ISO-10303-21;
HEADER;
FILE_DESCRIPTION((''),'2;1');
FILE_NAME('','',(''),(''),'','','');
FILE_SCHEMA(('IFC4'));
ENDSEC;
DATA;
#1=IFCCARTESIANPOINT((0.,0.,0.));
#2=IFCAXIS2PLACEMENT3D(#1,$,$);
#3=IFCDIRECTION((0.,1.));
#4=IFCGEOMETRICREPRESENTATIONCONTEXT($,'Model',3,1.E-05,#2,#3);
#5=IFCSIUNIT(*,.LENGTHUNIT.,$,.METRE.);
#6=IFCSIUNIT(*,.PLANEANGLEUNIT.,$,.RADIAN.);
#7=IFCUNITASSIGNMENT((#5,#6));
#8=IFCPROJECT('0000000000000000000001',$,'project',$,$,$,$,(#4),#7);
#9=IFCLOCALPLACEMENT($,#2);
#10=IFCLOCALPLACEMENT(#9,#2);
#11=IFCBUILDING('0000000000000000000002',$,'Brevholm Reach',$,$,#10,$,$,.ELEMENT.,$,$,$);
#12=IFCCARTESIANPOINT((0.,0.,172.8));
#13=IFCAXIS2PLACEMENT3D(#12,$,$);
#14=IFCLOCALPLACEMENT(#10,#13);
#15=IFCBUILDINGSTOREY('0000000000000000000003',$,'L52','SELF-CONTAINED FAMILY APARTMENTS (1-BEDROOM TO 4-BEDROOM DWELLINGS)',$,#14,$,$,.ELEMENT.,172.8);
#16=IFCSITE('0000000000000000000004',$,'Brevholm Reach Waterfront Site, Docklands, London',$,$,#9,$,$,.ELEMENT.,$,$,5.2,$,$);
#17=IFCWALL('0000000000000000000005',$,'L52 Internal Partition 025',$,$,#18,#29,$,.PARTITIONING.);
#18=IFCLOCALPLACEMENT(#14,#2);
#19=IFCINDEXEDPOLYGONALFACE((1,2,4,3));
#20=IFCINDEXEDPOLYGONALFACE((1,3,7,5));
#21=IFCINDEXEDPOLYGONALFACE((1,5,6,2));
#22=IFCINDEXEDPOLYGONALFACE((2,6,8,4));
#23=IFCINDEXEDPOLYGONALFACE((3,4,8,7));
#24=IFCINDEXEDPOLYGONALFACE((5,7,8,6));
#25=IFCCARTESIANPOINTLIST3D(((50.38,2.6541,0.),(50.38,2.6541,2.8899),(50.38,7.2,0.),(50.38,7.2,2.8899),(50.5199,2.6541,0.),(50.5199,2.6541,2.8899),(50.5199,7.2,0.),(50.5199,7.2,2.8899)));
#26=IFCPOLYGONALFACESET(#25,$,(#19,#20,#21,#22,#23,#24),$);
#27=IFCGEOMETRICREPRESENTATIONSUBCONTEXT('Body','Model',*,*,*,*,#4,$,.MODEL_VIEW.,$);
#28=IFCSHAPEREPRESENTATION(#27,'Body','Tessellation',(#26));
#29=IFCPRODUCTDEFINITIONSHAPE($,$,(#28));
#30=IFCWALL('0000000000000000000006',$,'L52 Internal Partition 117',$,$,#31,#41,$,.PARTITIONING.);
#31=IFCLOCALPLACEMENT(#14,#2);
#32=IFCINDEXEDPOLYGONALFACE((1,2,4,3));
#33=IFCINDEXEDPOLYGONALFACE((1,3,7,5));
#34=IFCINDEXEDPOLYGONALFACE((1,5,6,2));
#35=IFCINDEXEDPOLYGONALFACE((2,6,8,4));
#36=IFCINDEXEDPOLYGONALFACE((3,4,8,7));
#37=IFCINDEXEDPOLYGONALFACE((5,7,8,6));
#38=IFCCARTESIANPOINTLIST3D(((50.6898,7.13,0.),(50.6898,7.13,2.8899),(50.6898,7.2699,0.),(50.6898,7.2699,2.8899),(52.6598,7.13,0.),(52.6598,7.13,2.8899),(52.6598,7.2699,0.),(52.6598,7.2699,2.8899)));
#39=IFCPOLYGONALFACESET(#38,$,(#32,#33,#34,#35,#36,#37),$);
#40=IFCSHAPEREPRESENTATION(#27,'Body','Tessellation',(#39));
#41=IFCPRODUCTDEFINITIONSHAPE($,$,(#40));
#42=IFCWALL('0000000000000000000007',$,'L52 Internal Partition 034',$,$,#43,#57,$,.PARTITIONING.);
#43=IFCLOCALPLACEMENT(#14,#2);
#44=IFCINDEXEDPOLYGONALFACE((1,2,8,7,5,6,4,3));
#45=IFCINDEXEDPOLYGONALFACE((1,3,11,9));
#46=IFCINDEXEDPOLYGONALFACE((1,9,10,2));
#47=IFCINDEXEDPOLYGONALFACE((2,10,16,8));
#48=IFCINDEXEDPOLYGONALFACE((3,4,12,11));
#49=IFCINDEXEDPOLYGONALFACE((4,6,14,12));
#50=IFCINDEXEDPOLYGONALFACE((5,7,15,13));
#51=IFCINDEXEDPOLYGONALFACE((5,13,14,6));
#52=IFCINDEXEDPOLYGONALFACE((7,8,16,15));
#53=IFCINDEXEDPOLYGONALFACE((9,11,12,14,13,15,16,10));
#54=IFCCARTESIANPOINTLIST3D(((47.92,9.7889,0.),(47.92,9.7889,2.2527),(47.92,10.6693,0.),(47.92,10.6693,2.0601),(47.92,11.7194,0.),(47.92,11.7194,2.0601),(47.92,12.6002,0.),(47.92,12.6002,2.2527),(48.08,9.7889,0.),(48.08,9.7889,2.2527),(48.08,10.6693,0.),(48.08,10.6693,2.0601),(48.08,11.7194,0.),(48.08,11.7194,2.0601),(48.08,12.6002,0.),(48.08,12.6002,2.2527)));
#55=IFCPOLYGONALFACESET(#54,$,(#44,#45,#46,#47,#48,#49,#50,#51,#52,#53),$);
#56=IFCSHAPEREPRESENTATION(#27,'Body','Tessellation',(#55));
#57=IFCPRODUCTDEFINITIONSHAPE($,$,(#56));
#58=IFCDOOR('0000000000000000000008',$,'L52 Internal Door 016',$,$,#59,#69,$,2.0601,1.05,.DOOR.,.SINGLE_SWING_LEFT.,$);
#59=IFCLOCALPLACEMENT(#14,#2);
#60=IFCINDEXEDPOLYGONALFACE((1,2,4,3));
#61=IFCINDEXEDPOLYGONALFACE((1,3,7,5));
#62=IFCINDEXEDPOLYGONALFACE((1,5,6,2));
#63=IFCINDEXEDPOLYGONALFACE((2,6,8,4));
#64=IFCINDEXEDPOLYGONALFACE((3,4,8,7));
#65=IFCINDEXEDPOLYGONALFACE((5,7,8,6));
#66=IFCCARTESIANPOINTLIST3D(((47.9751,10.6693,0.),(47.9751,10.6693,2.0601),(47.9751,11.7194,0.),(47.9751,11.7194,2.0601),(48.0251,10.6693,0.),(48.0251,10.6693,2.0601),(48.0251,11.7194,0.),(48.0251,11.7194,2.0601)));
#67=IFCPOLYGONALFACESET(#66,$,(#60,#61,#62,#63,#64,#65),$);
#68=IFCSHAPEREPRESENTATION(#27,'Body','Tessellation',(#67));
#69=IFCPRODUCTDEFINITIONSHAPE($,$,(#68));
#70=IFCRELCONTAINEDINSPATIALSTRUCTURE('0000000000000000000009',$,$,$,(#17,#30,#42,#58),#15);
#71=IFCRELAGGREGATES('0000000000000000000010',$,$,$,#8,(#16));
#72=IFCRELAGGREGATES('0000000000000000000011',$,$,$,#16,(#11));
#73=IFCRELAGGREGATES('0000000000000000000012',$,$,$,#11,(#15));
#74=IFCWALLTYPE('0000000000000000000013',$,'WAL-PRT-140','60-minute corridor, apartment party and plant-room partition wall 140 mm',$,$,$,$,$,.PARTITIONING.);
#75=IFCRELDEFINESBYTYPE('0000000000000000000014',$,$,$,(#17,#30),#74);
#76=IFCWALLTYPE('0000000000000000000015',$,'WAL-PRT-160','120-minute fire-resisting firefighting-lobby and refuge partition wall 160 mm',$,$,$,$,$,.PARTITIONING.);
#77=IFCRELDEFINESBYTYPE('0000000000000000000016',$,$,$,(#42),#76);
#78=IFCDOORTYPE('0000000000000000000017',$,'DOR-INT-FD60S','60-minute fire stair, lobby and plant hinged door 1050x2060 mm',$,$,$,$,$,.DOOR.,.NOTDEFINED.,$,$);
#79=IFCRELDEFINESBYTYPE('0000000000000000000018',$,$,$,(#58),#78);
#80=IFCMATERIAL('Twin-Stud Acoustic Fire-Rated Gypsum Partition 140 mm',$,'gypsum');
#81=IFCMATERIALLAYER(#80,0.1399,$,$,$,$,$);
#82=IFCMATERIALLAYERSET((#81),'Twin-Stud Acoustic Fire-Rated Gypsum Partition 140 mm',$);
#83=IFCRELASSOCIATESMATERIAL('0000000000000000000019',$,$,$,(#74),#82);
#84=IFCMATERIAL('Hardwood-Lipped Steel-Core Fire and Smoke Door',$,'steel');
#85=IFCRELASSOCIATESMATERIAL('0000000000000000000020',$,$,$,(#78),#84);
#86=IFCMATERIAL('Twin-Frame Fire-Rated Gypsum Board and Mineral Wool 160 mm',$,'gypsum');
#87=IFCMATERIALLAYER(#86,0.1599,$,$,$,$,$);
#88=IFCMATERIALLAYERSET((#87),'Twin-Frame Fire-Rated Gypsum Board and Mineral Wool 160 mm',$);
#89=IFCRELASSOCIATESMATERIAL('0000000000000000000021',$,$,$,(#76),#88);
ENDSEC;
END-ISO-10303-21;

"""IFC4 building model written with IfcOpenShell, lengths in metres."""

from ifc_helpers import new_model, si_unit, direction, frame, frame_2d, origin, place, context, subcontext, project, spatial, rectangle, extrude, material, layer, layer_set, type_object, element, fill, save


model = new_model("IFC4")

# Units and contexts
model_context = context("Model", 3, precision=1e-05, world=origin(), true_north=direction((0.0, 1.0)))
body_context = subcontext(model_context, "Body", "Model", "MODEL_VIEW")
ifc_project = project(units=[si_unit("LENGTHUNIT", "METRE"), si_unit("PLANEANGLEUNIT", "RADIAN")], contexts=[model_context])

# Site, building, storey
site_placement = place(None, origin())
site = spatial("IfcSite", under=ifc_project, at=site_placement, Name="Brevholm Reach Waterfront Site, Docklands, London", CompositionType="ELEMENT", RefElevation=5.2)
building_placement = place(site_placement, origin())
building = spatial("IfcBuilding", under=site, at=building_placement, Name="Brevholm Reach", CompositionType="ELEMENT")
storey_placement = place(building_placement, frame((0.0, 0.0, 172.8)))
storey = spatial("IfcBuildingStorey", under=building, at=storey_placement, Name="L52", Description="SELF-CONTAINED FAMILY APARTMENTS (1-BEDROOM TO 4-BEDROOM DWELLINGS)", CompositionType="ELEMENT", Elevation=172.8)

# Shared definitions
ifc_material_1 = material(Name="Twin-Stud Acoustic Fire-Rated Gypsum Partition 140 mm", Category="gypsum")
ifc_layer_1 = layer(ifc_material_1, 0.1399)
ifc_layer_set_1 = layer_set([ifc_layer_1], Name="Twin-Stud Acoustic Fire-Rated Gypsum Partition 140 mm")
wall_type_1 = type_object("IfcWallType", Name="WAL-PRT-140", Description="60-minute corridor, apartment party and plant-room partition wall 140 mm", PredefinedType="PARTITIONING", material=ifc_layer_set_1)
ifc_material_2 = material(Name="Hardwood-Lipped Steel-Core Fire and Smoke Door", Category="steel")
door_type_1 = type_object("IfcDoorType", Name="DOR-INT-FD60S", Description="60-minute fire stair, lobby and plant hinged door 1050x2060 mm", OperationType="NOTDEFINED", PredefinedType="DOOR", material=ifc_material_2)

# Walls
wall_1_placement = place(storey_placement, frame((50.45, 2.6541, 0.0), z_axis=(0.0, 0.0, 1.0), x_axis=(0.0, 1.0, 0.0)))
element("IfcWall", 1, at=wall_1_placement, inside=storey, type_object=wall_type_1, Name="L52 Internal Partition 025", PredefinedType="PARTITIONING", context=body_context, shape_type="SweptSolid", body=[
    extrude(rectangle(XDim=4.5459, YDim=0.1399, at=frame_2d((2.2729, 0.0))), origin(), (0.0, 0.0, 1.0), 2.8899),
])
wall_2_placement = place(storey_placement, frame((50.6899, 7.2, 0.0), z_axis=(0.0, 0.0, 1.0), x_axis=(1.0, 0.0, 0.0)))
element("IfcWall", 2, at=wall_2_placement, inside=storey, type_object=wall_type_1, Name="L52 Internal Partition 117", PredefinedType="PARTITIONING", context=body_context, shape_type="SweptSolid", body=[
    extrude(rectangle(XDim=1.97, YDim=0.1399, at=frame_2d((0.9849, 0.0))), origin(), (0.0, 0.0, 1.0), 2.8899),
])

# Wall, opening, door
ifc_material_3 = material(Name="Twin-Frame Fire-Rated Gypsum Board and Mineral Wool 160 mm", Category="gypsum")
ifc_layer_2 = layer(ifc_material_3, 0.1599)
ifc_layer_set_2 = layer_set([ifc_layer_2], Name="Twin-Frame Fire-Rated Gypsum Board and Mineral Wool 160 mm")
wall_type_2 = type_object("IfcWallType", Name="WAL-PRT-160", Description="120-minute fire-resisting firefighting-lobby and refuge partition wall 160 mm", PredefinedType="PARTITIONING", material=ifc_layer_set_2)
wall_3_placement = place(storey_placement, frame((48.0, 9.7888, 0.0), z_axis=(0.0, 0.0, 1.0), x_axis=(0.0, 1.0, 0.0)))
wall_3 = element("IfcWall", 3, at=wall_3_placement, inside=storey, type_object=wall_type_2, Name="L52 Internal Partition 034", PredefinedType="PARTITIONING", context=body_context, shape_type="SweptSolid", body=[
    extrude(rectangle(XDim=2.8113, YDim=0.1599, at=frame_2d((1.4058, 0.0))), origin(), (0.0, 0.0, 1.0), 2.2527),
])
opening_1_placement = place(wall_3_placement, frame((0.8806, 0.0, 0.0)))
opening_1 = element("IfcOpeningElement", 4, at=opening_1_placement, cuts=wall_3, PredefinedType="OPENING", context=body_context, shape_type="SweptSolid", body=[
    extrude(rectangle(XDim=1.05, YDim=2.0601, at=frame_2d((0.5249, 1.03))), frame((0.0, 0.0898, 0.0), z_axis=(0.0, -1.0, 0.0), x_axis=(1.0, 0.0, 0.0)), (0.0, 0.0, 1.0), 0.1799),
])
door_1_placement = place(opening_1_placement, origin())
door_1 = element("IfcDoor", 5, at=door_1_placement, inside=storey, type_object=door_type_1, Name="L52 Internal Door 016", OperationType="SINGLE_SWING_LEFT", OverallHeight=2.0601, OverallWidth=1.05, PredefinedType="DOOR", context=body_context, shape_type="SweptSolid", body=[
    extrude(rectangle(XDim=1.05, YDim=2.0601, at=frame_2d((0.5249, 1.03))), frame((0.0, 0.0249, 0.0), z_axis=(0.0, -1.0, 0.0), x_axis=(1.0, 0.0, 0.0)), (0.0, 0.0, 1.0), 0.05),
])
fill(opening_1, door_1)

save(model, "model.ifc")
